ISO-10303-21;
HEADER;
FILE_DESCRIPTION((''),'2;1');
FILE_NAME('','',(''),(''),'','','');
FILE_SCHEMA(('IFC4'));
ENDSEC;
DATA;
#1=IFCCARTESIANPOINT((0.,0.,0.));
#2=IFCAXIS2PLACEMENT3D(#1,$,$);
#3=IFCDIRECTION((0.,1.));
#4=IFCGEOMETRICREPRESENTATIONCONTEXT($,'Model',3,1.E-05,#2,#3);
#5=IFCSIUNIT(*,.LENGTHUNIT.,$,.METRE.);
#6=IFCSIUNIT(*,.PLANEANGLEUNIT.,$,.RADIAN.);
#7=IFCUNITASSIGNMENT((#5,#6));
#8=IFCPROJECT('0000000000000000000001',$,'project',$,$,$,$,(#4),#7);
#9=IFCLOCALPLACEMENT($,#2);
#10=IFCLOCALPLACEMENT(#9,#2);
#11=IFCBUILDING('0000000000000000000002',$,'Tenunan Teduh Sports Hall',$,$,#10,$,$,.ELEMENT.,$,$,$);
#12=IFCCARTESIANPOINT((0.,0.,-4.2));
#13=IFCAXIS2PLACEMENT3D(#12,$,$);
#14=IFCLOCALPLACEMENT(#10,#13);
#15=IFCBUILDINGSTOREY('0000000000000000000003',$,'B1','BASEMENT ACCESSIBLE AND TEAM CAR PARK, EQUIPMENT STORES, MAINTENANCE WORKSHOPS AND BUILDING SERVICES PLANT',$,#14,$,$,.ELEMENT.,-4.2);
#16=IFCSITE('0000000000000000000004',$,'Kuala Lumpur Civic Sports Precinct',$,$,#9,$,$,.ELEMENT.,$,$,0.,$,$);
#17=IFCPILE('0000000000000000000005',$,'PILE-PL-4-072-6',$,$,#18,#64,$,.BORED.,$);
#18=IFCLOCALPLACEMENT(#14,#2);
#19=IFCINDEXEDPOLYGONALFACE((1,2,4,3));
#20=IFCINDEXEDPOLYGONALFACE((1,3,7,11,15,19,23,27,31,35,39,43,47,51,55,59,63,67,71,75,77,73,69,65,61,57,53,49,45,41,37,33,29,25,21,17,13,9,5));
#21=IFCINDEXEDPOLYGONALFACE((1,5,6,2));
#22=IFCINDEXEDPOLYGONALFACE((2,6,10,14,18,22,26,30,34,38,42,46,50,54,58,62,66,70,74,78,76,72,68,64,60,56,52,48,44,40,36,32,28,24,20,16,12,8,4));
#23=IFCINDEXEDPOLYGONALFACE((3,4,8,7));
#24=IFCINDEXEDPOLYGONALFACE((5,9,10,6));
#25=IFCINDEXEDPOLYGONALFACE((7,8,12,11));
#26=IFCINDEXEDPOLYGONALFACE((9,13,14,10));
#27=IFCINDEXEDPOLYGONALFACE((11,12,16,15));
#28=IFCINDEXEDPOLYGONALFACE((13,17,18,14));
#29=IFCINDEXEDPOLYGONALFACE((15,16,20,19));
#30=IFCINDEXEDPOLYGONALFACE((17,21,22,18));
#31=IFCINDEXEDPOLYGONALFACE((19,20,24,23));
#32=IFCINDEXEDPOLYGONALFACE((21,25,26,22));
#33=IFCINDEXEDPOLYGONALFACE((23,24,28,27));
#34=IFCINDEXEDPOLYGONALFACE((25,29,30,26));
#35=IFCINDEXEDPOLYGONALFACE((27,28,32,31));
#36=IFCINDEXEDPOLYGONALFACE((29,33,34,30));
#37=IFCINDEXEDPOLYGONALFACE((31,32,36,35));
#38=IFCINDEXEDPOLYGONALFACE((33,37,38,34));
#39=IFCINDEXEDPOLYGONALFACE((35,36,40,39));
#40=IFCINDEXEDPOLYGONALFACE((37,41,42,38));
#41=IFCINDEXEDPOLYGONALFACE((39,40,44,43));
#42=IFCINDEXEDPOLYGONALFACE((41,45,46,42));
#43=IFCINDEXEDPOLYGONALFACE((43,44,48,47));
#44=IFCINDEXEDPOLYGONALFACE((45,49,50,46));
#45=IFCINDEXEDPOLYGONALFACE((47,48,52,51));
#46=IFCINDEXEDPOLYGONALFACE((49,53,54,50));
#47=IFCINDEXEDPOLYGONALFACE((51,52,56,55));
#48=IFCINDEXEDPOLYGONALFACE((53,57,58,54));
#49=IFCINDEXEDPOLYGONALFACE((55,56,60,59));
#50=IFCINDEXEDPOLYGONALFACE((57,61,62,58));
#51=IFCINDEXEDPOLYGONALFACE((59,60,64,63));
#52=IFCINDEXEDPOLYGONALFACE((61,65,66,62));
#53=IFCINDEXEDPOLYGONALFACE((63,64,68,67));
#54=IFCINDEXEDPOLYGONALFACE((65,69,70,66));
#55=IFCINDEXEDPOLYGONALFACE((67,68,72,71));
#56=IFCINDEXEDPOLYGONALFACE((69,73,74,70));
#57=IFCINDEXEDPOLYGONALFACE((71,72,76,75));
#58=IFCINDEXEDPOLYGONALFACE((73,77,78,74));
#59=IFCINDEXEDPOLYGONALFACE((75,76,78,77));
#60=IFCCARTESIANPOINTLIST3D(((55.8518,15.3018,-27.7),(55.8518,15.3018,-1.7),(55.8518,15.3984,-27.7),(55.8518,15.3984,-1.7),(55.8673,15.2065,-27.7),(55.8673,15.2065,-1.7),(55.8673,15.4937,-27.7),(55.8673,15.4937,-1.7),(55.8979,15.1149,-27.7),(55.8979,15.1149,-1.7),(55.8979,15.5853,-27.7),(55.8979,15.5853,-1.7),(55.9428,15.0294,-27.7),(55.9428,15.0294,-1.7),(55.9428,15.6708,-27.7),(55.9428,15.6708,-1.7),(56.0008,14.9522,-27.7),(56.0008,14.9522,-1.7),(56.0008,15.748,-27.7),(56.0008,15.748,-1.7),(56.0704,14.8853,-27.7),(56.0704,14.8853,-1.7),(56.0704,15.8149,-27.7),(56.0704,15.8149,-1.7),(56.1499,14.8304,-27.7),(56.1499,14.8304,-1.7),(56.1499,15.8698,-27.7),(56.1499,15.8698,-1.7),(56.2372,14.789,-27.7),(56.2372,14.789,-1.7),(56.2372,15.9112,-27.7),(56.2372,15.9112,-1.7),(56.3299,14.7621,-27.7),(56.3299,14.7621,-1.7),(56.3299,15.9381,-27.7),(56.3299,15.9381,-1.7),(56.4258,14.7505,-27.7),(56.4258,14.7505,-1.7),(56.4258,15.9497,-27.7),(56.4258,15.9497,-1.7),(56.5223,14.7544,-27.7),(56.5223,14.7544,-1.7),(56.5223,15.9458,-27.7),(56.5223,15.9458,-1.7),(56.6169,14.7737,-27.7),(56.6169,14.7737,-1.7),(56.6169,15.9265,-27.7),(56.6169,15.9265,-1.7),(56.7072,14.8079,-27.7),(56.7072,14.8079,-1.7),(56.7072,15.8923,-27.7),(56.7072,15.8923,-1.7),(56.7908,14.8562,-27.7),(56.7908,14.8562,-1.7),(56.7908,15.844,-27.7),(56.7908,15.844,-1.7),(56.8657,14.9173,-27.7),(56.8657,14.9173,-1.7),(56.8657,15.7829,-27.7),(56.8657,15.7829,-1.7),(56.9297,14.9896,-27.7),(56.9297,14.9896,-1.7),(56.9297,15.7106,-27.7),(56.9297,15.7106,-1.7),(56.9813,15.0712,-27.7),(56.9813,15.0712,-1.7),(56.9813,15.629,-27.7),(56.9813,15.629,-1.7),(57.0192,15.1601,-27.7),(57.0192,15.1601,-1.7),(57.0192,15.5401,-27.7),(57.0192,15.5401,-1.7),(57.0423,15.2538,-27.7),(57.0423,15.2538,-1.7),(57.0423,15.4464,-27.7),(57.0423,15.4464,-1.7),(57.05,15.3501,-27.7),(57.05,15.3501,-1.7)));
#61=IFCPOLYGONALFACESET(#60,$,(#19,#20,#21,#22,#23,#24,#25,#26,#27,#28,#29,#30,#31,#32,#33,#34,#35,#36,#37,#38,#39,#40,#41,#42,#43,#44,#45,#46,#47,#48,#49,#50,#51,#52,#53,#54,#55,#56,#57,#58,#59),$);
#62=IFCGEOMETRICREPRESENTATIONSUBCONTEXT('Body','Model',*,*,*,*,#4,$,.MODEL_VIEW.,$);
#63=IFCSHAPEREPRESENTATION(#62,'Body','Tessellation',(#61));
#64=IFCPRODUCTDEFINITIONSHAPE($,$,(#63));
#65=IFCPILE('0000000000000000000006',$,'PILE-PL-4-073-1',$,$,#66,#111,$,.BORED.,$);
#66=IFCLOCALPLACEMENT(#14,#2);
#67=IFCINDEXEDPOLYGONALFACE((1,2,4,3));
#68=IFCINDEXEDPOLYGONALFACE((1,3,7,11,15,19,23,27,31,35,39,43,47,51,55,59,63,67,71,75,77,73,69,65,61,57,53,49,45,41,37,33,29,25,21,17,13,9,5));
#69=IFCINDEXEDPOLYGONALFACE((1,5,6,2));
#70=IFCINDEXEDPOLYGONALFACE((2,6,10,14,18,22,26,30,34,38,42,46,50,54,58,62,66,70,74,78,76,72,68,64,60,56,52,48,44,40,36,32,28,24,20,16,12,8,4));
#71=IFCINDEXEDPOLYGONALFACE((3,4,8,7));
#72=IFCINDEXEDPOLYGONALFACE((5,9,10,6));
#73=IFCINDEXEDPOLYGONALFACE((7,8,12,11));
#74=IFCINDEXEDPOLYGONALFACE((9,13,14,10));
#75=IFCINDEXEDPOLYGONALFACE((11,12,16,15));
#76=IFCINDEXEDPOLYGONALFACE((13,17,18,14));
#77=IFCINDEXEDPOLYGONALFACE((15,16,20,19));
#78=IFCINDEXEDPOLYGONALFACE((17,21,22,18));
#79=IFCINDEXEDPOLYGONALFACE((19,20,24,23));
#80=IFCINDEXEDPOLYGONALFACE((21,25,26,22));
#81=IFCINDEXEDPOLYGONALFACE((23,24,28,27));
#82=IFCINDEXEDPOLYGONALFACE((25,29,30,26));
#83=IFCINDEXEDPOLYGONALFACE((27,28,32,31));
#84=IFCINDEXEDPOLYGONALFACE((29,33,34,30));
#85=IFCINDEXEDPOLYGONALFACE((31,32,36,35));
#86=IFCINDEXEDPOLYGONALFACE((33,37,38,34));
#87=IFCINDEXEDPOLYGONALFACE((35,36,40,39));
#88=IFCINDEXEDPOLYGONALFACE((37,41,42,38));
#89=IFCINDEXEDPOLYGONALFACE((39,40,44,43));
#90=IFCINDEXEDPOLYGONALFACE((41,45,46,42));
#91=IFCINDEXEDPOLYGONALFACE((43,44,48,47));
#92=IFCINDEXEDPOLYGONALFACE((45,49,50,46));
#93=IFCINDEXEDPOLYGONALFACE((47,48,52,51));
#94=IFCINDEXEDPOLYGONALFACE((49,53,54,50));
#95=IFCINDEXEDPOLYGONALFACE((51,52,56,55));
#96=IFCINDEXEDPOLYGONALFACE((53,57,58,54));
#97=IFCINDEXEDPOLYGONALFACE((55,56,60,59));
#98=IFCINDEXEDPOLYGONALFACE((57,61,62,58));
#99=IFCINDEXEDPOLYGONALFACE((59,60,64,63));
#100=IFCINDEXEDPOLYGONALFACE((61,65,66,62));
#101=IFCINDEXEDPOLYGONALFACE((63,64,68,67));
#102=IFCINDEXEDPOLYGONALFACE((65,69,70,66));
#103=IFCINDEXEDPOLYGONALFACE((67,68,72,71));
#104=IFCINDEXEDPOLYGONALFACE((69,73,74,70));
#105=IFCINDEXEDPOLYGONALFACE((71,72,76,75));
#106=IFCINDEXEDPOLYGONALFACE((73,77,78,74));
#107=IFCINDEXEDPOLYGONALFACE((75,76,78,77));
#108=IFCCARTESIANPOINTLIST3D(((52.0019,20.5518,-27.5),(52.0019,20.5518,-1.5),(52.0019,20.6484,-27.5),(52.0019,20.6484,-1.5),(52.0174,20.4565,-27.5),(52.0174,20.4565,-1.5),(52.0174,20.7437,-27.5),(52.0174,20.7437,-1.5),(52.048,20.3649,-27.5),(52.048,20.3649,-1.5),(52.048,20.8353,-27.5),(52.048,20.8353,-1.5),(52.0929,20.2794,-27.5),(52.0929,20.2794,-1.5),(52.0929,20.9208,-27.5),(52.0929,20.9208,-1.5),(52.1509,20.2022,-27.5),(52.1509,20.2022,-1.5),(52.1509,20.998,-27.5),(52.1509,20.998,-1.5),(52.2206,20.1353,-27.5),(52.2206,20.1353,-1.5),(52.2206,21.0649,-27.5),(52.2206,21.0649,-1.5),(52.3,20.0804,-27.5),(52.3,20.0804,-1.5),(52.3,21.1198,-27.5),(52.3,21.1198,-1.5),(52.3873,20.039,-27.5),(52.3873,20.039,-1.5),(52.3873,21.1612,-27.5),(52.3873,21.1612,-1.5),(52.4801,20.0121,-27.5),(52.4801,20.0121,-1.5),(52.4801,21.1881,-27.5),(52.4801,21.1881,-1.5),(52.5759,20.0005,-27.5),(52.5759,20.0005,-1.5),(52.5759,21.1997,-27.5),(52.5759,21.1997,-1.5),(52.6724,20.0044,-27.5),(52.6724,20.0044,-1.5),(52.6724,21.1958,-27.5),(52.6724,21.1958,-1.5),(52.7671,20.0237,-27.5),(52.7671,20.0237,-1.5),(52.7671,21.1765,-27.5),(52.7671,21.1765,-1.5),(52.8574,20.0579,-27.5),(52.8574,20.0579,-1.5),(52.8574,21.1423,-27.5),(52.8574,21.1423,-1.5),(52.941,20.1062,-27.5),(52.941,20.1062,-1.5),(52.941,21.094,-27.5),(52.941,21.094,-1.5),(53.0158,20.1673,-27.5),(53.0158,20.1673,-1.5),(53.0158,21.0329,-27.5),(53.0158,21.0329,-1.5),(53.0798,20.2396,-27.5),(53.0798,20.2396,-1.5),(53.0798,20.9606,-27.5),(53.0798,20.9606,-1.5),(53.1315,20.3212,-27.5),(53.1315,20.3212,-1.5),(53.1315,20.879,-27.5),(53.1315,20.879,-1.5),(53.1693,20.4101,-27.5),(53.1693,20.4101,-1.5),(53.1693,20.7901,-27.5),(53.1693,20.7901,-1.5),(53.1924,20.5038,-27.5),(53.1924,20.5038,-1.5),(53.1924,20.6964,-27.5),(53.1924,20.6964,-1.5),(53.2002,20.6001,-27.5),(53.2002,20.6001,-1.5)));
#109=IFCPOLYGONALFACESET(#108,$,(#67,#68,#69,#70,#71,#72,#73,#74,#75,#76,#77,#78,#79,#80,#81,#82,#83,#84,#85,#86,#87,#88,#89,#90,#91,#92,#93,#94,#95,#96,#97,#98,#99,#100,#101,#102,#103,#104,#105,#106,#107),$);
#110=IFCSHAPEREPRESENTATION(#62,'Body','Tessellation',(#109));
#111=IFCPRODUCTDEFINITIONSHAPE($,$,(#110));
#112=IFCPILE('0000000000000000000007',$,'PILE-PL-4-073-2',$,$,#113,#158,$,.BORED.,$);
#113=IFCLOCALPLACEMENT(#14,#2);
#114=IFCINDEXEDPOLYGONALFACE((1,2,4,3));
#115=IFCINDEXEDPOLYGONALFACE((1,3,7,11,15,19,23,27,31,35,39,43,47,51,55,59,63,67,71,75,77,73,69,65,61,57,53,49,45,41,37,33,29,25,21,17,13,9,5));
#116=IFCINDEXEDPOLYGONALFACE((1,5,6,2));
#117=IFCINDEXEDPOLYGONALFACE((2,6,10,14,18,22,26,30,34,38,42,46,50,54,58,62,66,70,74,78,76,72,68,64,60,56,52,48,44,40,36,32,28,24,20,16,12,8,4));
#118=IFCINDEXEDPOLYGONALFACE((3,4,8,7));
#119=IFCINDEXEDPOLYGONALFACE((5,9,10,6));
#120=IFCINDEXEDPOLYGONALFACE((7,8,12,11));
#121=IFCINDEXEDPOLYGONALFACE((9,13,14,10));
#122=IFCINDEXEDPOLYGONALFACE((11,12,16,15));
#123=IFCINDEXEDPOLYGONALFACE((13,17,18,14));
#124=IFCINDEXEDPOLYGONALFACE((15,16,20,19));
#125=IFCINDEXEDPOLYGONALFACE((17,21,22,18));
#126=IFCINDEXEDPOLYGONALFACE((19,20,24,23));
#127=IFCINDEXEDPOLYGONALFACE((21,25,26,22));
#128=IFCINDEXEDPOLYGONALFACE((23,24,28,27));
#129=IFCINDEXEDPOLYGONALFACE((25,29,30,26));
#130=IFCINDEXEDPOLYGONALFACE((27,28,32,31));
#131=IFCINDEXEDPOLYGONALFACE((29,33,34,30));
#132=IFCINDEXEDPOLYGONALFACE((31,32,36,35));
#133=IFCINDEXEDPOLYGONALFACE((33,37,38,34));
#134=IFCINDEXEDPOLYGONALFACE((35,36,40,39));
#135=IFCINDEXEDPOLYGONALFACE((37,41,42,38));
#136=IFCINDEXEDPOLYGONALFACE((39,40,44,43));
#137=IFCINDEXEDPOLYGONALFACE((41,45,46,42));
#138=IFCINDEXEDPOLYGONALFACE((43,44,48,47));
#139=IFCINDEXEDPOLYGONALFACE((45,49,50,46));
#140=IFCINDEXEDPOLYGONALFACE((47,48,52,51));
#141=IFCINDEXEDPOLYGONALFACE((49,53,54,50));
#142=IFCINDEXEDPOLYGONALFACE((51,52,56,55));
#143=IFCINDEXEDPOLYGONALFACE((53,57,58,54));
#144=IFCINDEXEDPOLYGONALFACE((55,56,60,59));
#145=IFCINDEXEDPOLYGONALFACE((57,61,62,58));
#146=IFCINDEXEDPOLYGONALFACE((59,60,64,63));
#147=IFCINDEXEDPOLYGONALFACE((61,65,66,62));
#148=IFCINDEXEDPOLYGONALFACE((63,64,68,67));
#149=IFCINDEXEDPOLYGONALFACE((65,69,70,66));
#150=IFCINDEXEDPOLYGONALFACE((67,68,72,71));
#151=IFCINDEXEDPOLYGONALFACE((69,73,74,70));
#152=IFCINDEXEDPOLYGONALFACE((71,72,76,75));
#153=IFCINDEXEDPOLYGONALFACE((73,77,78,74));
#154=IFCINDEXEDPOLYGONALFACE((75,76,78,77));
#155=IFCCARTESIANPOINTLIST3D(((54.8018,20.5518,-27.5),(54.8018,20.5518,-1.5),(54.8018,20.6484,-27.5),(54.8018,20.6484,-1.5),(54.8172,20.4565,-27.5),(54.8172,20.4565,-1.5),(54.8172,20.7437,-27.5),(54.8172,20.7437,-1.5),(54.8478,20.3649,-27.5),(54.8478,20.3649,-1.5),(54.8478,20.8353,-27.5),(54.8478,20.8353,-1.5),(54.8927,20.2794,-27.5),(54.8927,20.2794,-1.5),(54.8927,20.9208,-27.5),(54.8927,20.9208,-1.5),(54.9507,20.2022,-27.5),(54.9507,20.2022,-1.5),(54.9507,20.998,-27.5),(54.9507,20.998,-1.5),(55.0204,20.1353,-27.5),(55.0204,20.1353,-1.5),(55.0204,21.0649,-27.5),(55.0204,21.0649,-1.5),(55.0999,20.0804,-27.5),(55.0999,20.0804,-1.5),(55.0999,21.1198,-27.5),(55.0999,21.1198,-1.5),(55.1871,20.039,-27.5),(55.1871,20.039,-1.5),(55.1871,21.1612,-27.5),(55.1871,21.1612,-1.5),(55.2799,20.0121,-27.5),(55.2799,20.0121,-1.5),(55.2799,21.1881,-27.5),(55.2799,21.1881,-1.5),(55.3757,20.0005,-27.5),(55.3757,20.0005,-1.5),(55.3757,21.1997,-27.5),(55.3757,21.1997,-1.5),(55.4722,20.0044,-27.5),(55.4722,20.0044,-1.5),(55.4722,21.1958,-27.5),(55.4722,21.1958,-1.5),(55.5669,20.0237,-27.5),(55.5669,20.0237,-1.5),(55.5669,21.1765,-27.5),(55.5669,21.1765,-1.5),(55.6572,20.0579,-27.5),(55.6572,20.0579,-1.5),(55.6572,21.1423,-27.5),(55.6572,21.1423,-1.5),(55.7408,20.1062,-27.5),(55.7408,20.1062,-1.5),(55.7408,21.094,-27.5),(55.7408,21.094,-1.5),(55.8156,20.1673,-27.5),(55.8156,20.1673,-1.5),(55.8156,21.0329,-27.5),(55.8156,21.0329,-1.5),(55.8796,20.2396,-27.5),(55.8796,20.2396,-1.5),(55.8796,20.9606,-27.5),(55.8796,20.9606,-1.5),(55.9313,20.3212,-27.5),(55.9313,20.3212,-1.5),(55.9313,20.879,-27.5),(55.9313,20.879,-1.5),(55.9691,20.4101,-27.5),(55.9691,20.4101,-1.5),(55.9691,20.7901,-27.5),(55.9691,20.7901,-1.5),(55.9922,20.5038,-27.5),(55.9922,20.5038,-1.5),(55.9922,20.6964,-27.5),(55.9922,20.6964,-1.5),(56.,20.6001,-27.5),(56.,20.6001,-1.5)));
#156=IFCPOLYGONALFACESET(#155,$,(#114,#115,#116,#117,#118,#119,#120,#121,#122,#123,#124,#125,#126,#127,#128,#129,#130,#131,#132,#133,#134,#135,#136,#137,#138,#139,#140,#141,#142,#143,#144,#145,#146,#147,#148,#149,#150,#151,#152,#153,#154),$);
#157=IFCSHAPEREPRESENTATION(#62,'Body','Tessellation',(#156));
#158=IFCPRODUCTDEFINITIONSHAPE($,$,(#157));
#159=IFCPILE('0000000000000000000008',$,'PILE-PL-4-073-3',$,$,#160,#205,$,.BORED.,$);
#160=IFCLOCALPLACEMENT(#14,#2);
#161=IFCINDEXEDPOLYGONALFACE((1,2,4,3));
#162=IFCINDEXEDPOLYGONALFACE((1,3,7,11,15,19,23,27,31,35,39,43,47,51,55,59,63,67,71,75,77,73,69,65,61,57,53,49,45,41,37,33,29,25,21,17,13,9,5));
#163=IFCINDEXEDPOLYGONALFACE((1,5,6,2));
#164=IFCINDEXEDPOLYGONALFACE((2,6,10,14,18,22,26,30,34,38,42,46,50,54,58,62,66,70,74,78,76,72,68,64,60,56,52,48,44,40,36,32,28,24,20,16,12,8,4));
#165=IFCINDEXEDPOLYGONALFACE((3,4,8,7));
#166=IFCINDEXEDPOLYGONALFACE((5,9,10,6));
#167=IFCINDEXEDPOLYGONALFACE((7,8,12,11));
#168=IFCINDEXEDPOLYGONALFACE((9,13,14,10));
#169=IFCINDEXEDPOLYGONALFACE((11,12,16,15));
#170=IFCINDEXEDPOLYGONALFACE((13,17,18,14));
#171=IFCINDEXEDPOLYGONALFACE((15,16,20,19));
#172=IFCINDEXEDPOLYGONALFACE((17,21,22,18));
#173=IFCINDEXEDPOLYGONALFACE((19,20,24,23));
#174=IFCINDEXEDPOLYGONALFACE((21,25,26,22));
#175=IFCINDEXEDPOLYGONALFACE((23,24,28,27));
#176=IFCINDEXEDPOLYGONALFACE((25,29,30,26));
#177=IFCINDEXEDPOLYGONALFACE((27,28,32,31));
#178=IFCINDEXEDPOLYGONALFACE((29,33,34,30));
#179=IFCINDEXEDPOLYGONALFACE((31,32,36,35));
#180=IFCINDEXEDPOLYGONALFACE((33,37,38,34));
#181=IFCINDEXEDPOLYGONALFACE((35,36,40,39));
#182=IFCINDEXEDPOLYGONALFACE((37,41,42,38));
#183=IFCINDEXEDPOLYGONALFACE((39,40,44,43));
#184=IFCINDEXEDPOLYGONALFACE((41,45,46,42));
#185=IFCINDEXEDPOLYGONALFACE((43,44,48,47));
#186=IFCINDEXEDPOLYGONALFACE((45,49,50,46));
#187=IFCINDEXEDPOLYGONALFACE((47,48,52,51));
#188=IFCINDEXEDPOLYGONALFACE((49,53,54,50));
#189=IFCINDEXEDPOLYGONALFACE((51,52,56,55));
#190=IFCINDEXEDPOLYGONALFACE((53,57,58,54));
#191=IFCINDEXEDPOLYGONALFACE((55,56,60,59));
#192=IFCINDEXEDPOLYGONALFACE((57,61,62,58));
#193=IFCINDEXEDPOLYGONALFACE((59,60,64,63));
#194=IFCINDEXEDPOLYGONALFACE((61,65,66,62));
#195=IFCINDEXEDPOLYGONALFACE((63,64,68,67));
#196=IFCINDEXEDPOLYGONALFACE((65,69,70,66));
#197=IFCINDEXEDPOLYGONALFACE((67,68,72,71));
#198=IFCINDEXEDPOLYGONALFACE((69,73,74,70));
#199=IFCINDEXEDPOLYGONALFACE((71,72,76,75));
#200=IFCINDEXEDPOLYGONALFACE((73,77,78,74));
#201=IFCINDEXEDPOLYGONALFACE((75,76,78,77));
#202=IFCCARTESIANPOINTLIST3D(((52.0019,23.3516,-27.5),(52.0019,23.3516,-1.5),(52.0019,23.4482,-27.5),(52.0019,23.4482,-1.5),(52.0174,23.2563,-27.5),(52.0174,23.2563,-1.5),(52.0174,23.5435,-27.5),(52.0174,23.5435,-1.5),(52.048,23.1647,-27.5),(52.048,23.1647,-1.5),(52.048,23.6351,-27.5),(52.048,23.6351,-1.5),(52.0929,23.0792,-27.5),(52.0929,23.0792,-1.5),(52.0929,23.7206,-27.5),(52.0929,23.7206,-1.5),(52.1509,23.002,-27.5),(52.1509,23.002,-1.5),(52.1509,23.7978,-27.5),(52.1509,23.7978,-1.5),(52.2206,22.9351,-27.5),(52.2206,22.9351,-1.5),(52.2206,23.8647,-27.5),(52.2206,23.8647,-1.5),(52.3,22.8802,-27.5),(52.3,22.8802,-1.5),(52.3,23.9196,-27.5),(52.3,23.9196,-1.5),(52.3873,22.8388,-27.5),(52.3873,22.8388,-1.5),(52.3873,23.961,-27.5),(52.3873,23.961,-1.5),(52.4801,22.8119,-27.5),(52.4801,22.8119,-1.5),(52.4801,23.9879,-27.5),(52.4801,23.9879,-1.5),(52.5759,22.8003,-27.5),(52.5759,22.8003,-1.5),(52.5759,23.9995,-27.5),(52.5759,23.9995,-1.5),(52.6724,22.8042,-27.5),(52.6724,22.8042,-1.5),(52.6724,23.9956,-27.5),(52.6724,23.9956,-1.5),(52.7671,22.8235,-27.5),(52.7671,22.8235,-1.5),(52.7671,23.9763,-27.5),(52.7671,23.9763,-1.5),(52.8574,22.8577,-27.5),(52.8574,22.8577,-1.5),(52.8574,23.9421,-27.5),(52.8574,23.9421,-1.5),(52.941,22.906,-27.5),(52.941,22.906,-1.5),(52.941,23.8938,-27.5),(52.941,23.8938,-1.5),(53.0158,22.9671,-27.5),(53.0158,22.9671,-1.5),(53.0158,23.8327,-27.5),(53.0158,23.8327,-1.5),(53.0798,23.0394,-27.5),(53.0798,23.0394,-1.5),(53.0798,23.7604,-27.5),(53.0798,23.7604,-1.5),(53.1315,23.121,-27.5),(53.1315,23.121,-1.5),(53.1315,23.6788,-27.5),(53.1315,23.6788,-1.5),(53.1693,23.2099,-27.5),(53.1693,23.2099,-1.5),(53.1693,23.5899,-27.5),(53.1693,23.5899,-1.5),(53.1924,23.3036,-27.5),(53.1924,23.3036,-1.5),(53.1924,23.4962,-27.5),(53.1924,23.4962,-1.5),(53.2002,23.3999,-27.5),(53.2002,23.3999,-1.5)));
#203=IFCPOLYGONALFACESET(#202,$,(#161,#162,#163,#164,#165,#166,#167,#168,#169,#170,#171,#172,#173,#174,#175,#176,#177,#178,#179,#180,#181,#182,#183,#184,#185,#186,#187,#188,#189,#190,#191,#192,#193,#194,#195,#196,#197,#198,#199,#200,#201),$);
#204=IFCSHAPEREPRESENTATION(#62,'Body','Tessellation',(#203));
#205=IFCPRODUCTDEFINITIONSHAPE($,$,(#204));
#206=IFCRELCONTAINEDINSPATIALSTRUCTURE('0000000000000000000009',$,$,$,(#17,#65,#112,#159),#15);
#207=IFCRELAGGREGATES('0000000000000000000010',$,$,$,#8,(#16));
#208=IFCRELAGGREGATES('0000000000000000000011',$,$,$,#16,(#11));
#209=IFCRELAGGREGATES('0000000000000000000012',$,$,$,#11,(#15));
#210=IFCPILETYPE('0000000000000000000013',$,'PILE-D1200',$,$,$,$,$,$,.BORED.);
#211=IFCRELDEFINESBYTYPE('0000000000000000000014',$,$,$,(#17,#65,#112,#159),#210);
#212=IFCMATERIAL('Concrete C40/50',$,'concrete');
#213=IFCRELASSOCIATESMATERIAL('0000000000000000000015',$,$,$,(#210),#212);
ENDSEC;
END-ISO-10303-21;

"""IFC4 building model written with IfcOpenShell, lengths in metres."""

from ifc_helpers import new_model, si_unit, direction, frame, origin, origin_2d, place, context, subcontext, project, spatial, circle, extrude, material, material_profile, profile_set, type_object, element, save


model = new_model("IFC4")

# Units and contexts
model_context = context("Model", 3, precision=1e-05, world=origin(), true_north=direction((0.0, 1.0)))
body_context = subcontext(model_context, "Body", "Model", "MODEL_VIEW")
ifc_project = project(units=[si_unit("LENGTHUNIT", "METRE"), si_unit("PLANEANGLEUNIT", "RADIAN")], contexts=[model_context])

# Site, building, storey
site_placement = place(None, origin())
site = spatial("IfcSite", under=ifc_project, at=site_placement, Name="Kuala Lumpur Civic Sports Precinct", CompositionType="ELEMENT", RefElevation=0.0)
building_placement = place(site_placement, origin())
building = spatial("IfcBuilding", under=site, at=building_placement, Name="Tenunan Teduh Sports Hall", CompositionType="ELEMENT")
storey_placement = place(building_placement, frame((0.0, 0.0, -4.2)))
storey = spatial("IfcBuildingStorey", under=building, at=storey_placement, Name="B1", Description="BASEMENT ACCESSIBLE AND TEAM CAR PARK, EQUIPMENT STORES, MAINTENANCE WORKSHOPS AND BUILDING SERVICES PLANT", CompositionType="ELEMENT", Elevation=-4.2)

# Piles
ifc_material_1 = material(Name="Concrete C40/50", Category="concrete")
ifc_material_profile_1 = material_profile(ifc_material_1, circle(Radius=0.6001, at=origin_2d()), Name="PILE D1200")
ifc_profile_set_1 = profile_set([ifc_material_profile_1], Name="Concrete C40/50")
pile_type_1 = type_object("IfcPileType", Name="PILE-D1200", PredefinedType="BORED", material=ifc_profile_set_1)
for number, where, z_axis, x_axis, name in (
    (1, (56.45, 15.3501, -1.7), (0.0, 0.0, -1.0), (1.0, 0.0, 0.0), "PILE-PL-4-072-6"),
    (2, (52.6001, 20.6001, -1.5), (0.0, 0.0, -1.0), (1.0, 0.0, 0.0), "PILE-PL-4-073-1"),
    (3, (55.3999, 20.6001, -1.5), (0.0, 0.0, -1.0), (1.0, 0.0, 0.0), "PILE-PL-4-073-2"),
    (4, (52.6001, 23.3999, -1.5), (0.0, 0.0, -1.0), (1.0, 0.0, 0.0), "PILE-PL-4-073-3"),
):
    element("IfcPile", number, at=place(storey_placement, frame(where, z_axis=z_axis, x_axis=x_axis)), inside=storey, type_object=pile_type_1, Name=name, PredefinedType="BORED", context=body_context, shape_type="SweptSolid", body=[
        extrude(circle(Radius=0.6001, at=origin_2d()), origin(), (0.0, 0.0, 1.0), 26.0),
    ])

save(model, "model.ifc")
